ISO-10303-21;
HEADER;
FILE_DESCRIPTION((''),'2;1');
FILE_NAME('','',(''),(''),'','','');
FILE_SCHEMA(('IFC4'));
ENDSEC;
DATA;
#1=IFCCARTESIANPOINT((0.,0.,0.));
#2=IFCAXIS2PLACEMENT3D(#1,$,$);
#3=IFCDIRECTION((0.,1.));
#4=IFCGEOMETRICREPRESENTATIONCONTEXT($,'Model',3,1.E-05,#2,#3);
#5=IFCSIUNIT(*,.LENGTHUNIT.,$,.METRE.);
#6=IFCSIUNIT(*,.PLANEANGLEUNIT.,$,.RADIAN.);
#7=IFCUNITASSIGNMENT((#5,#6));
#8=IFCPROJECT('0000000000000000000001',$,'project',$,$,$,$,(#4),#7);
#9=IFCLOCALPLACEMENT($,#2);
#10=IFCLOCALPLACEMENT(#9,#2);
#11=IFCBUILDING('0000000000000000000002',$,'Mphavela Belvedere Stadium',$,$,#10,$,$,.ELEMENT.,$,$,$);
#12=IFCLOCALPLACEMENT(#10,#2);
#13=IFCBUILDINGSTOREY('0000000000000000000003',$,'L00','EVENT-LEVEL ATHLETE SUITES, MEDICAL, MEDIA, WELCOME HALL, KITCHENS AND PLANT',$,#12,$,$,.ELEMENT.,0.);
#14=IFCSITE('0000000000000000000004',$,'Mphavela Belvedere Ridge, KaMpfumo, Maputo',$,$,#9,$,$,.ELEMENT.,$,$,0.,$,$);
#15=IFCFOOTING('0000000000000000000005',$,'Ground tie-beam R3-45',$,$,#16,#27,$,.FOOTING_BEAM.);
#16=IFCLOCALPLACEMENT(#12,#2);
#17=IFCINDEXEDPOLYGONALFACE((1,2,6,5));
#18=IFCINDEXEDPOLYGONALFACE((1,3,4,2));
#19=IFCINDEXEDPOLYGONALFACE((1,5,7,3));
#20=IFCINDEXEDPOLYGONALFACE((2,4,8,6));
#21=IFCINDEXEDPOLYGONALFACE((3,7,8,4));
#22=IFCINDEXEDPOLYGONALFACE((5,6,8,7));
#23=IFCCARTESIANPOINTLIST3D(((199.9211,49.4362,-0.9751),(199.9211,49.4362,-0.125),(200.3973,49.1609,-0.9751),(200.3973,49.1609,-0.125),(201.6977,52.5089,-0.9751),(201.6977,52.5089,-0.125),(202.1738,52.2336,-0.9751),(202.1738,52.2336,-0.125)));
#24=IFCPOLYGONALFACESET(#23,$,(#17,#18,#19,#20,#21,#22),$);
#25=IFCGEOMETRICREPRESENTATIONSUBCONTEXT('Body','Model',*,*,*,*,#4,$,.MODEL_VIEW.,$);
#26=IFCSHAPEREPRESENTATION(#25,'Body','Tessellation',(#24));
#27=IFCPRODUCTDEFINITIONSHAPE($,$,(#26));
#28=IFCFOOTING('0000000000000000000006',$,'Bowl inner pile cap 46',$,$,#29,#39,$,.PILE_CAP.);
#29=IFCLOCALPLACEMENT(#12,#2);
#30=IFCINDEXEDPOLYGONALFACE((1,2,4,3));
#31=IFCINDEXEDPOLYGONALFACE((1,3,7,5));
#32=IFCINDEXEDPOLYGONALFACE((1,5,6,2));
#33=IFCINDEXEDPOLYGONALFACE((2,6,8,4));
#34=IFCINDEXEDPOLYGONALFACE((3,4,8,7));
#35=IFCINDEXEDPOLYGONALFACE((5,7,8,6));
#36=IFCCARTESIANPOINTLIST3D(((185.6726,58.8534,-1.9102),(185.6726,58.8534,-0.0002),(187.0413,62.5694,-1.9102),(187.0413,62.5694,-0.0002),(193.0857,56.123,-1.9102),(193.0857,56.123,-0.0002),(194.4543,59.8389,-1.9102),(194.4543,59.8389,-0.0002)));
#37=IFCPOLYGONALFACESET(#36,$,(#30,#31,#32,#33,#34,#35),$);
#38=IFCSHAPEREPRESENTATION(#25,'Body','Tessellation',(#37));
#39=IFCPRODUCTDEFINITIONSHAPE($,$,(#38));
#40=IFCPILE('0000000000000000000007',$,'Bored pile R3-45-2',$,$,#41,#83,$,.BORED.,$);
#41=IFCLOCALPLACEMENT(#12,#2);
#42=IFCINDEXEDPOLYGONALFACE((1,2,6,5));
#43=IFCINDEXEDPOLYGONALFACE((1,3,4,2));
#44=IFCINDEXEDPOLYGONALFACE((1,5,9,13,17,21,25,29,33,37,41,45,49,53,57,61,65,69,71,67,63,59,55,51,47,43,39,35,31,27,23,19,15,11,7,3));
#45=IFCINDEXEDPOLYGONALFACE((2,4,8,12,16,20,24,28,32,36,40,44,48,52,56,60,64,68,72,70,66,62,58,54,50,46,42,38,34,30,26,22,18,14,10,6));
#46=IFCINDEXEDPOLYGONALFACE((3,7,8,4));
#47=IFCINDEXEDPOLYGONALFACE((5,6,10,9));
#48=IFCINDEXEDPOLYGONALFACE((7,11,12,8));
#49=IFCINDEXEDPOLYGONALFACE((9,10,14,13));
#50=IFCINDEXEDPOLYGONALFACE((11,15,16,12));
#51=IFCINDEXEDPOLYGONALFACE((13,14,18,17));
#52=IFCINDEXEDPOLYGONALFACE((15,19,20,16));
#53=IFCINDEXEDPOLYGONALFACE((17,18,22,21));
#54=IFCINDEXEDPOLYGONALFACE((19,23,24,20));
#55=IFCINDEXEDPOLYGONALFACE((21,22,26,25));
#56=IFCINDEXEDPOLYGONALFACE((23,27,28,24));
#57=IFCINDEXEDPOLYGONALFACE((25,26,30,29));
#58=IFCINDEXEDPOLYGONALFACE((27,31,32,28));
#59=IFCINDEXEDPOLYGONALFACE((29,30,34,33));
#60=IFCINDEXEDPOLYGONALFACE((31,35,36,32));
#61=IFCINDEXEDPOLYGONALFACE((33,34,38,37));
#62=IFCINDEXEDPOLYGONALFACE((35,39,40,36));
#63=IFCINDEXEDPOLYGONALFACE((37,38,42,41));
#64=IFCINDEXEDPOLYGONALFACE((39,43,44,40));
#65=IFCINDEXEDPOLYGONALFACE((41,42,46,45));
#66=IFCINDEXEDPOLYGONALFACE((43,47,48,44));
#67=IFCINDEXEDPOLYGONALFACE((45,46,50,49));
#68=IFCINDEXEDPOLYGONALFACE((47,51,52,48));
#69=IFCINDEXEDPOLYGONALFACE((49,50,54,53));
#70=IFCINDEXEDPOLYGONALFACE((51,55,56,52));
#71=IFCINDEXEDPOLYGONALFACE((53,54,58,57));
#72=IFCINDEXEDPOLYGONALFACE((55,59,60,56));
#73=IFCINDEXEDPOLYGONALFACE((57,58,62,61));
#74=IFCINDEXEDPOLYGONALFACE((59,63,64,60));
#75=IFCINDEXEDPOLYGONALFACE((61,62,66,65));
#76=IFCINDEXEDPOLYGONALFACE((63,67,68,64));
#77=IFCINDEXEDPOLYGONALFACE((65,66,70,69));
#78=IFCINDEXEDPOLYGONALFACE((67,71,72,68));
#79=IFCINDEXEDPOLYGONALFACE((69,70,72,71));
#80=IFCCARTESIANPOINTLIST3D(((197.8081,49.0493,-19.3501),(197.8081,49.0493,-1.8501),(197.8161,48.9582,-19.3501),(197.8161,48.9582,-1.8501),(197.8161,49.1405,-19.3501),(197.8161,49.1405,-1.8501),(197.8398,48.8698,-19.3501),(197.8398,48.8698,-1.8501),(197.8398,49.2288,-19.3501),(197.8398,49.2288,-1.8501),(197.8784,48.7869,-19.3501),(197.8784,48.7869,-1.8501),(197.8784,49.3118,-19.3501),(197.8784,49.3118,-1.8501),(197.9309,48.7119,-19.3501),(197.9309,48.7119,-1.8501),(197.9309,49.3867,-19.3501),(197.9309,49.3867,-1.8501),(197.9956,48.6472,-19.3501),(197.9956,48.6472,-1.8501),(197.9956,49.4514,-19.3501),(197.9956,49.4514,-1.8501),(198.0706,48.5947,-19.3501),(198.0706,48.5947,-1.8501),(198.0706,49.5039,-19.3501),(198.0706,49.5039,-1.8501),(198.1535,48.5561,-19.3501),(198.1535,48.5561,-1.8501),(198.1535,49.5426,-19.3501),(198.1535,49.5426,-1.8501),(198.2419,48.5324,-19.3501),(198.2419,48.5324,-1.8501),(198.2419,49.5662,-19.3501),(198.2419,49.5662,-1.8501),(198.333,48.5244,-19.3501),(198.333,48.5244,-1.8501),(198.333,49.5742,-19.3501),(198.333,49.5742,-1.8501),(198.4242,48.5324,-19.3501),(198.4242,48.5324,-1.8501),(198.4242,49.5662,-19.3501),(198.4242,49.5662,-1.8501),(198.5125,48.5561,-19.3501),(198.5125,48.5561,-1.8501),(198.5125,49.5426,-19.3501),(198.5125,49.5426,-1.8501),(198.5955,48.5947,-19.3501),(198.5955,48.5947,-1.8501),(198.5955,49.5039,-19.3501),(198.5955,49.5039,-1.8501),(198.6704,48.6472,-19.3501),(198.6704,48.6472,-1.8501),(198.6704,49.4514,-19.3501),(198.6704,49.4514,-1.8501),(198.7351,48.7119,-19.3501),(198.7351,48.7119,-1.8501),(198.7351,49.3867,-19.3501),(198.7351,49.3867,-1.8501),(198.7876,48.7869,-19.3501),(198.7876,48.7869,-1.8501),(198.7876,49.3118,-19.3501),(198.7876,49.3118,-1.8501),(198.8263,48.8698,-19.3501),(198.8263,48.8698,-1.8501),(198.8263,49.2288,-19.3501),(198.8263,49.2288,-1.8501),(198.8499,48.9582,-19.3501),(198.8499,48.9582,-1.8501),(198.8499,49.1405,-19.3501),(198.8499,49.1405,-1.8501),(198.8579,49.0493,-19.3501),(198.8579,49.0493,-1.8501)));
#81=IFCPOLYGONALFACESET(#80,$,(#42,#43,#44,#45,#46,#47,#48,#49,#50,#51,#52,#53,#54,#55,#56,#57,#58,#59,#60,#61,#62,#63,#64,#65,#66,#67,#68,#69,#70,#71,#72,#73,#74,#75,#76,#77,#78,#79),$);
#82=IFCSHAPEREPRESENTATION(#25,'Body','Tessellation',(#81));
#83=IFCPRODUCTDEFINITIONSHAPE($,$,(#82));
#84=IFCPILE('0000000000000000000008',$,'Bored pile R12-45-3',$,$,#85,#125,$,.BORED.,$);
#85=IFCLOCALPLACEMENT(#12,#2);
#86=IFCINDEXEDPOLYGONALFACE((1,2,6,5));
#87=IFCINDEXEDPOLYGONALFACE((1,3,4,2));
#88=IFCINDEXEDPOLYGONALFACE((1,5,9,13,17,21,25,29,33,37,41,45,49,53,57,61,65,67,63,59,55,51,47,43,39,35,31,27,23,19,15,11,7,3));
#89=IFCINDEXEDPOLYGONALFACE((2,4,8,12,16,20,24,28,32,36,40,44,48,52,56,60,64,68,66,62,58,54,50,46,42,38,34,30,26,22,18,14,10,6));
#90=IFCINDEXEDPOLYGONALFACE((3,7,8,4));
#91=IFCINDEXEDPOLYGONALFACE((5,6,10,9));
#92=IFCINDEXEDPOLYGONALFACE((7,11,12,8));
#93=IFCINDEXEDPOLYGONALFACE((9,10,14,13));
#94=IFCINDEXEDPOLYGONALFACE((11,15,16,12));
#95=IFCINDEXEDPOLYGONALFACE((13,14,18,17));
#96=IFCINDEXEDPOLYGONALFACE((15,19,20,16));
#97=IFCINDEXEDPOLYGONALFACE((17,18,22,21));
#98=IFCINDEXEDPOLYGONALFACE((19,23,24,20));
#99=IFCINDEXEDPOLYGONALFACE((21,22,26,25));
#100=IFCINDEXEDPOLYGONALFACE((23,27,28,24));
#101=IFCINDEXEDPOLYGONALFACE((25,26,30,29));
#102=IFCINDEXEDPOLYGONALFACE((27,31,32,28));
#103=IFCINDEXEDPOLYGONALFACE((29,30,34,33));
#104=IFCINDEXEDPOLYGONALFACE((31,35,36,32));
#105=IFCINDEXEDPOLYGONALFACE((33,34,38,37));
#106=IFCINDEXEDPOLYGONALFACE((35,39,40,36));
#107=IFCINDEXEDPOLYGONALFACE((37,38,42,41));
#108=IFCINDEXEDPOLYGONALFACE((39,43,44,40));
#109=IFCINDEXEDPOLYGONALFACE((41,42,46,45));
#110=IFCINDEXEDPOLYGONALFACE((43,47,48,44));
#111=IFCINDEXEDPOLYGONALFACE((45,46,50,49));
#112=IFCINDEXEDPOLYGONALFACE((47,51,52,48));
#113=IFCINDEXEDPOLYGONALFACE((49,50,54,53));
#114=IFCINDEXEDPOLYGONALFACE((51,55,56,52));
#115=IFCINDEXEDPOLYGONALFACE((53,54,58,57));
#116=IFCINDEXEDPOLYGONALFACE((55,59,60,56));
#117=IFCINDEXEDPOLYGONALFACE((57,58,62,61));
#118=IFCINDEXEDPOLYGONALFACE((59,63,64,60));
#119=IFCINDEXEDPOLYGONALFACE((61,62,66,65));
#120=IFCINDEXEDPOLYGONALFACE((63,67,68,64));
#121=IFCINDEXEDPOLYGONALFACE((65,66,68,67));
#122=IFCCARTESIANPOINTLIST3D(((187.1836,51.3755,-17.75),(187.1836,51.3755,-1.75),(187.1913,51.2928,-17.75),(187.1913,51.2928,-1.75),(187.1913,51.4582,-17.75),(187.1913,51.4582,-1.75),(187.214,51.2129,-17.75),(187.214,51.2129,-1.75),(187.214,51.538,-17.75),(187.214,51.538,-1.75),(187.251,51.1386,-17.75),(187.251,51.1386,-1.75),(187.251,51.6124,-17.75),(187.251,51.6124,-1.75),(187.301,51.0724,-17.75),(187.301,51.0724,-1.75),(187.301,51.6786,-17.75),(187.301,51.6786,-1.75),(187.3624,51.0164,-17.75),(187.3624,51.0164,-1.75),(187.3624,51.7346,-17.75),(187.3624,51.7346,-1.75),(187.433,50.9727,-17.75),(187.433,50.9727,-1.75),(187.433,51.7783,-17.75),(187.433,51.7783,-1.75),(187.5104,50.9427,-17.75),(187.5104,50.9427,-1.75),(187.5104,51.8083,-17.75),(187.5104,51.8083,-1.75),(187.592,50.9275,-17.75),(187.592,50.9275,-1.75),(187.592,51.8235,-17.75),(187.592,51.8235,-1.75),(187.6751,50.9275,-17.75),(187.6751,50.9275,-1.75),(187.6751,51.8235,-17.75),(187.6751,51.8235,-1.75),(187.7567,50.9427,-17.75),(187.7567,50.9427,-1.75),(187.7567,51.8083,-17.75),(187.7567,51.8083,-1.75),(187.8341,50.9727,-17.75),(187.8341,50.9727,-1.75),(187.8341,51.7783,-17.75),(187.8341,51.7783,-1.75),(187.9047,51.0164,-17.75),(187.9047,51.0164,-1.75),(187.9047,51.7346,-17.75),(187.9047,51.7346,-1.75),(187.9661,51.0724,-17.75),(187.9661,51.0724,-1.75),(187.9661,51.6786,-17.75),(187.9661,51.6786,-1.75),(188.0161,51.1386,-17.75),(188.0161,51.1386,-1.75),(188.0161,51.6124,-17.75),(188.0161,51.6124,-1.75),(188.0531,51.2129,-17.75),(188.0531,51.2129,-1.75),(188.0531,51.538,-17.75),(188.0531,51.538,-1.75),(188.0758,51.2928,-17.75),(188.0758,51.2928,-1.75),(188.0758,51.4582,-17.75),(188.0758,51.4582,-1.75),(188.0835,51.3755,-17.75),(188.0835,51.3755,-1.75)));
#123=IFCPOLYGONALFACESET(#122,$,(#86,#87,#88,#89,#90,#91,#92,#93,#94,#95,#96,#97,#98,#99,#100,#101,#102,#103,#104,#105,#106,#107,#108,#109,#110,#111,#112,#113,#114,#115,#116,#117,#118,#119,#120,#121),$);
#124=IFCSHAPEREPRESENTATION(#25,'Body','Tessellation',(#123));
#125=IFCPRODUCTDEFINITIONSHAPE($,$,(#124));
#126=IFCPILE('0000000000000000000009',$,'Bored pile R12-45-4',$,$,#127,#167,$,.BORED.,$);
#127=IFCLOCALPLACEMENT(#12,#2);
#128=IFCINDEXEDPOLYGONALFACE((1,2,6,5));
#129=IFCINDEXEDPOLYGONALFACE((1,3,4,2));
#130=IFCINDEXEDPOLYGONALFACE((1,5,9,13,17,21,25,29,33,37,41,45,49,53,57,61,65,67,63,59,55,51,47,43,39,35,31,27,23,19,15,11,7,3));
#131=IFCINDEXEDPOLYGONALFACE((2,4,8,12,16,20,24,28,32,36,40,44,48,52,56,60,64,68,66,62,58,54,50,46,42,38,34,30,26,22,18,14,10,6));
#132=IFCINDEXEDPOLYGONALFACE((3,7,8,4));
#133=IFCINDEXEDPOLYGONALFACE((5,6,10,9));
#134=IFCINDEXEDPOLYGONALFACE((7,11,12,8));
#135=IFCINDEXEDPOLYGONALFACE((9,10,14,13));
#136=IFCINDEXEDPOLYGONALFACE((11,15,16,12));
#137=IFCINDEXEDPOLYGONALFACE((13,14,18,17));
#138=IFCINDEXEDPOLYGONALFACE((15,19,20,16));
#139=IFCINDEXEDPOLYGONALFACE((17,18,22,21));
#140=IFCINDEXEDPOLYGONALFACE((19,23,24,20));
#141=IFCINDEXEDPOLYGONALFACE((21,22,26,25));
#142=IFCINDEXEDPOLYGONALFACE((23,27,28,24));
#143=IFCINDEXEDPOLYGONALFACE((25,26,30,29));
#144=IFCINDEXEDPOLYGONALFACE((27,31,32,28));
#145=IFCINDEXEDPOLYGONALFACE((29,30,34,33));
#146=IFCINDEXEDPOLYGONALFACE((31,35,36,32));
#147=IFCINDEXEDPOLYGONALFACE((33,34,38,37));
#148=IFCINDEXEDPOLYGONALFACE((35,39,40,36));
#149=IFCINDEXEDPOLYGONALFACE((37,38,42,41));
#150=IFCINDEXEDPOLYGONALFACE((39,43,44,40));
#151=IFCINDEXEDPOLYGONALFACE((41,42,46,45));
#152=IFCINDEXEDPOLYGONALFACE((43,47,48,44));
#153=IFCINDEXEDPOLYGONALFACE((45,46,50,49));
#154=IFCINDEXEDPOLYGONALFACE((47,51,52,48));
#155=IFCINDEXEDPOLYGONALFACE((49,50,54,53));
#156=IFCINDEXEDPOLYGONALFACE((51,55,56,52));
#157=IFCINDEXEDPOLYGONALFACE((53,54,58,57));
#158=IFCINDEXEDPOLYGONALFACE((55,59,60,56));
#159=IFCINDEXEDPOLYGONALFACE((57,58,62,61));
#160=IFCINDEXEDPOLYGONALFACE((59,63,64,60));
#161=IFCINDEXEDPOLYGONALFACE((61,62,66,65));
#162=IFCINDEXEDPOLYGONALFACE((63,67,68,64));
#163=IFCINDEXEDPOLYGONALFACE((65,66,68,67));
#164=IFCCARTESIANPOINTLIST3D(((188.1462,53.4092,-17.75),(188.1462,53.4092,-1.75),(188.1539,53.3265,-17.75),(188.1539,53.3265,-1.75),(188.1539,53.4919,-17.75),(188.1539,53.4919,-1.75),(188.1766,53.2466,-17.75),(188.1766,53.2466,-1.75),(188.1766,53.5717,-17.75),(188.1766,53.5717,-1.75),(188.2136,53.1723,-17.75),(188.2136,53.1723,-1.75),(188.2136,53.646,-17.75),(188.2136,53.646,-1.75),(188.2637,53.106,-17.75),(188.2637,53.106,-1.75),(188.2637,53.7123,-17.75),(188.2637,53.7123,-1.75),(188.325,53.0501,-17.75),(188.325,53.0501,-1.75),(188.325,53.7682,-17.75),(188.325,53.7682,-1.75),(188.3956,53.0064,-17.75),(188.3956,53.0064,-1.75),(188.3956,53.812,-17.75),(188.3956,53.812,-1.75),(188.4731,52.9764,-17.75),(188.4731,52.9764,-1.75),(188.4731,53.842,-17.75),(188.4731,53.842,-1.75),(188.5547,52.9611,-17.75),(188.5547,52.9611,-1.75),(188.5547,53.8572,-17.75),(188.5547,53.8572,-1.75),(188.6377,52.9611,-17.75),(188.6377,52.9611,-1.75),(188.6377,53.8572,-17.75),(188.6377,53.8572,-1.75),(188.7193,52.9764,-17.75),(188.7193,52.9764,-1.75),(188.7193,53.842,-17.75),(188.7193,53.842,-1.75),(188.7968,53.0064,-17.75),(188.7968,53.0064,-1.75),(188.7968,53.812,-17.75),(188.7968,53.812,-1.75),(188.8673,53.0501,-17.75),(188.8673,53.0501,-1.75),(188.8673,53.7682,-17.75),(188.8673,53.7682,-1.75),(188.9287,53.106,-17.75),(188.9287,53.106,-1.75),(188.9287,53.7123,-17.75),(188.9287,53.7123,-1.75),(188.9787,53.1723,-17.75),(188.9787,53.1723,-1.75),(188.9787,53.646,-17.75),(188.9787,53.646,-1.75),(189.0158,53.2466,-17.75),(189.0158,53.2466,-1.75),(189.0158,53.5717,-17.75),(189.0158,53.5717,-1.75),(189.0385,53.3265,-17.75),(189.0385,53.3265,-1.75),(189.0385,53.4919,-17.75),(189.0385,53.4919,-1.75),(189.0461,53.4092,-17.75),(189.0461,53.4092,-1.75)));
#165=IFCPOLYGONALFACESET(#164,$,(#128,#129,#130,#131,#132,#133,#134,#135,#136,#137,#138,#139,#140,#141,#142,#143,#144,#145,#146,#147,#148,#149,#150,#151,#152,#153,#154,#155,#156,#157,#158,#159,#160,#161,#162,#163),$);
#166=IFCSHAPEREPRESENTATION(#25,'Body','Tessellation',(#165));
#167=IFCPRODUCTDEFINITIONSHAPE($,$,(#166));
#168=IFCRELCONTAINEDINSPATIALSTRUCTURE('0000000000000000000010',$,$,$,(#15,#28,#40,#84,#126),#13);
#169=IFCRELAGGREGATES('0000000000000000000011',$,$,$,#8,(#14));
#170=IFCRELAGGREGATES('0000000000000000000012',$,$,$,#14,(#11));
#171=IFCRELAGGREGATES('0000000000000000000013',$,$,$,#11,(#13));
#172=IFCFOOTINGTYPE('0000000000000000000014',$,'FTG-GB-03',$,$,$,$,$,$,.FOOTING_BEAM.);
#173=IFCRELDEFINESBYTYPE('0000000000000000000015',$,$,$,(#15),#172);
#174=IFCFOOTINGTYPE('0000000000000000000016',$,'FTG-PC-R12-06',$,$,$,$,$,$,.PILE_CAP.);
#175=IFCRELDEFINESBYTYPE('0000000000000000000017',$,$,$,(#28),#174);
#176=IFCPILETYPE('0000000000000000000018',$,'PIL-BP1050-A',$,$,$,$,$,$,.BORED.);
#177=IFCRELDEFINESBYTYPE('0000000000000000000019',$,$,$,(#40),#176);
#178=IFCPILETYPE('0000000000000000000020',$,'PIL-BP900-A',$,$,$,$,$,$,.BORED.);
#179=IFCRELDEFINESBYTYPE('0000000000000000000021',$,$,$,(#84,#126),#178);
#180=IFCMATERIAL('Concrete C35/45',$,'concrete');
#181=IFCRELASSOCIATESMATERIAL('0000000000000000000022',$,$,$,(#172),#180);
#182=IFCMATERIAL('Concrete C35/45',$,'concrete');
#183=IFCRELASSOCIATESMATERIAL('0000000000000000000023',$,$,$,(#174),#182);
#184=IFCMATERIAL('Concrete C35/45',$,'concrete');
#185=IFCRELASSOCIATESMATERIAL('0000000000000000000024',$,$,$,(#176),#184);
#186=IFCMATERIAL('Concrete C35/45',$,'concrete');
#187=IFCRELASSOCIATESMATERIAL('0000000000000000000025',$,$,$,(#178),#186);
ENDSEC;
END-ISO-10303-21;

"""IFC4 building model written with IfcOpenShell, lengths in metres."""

from ifc_helpers import new_model, si_unit, direction, frame, origin, origin_2d, place, context, subcontext, project, spatial, rectangle, circle, extrude, material, material_profile, profile_set, type_object, element, save


model = new_model("IFC4")

# Units and contexts
model_context = context("Model", 3, precision=1e-05, world=origin(), true_north=direction((0.0, 1.0)))
body_context = subcontext(model_context, "Body", "Model", "MODEL_VIEW")
ifc_project = project(units=[si_unit("LENGTHUNIT", "METRE"), si_unit("PLANEANGLEUNIT", "RADIAN")], contexts=[model_context])

# Site, building, storey
site_placement = place(None, origin())
site = spatial("IfcSite", under=ifc_project, at=site_placement, Name="Mphavela Belvedere Ridge, KaMpfumo, Maputo", CompositionType="ELEMENT", RefElevation=0.0)
building_placement = place(site_placement, origin())
building = spatial("IfcBuilding", under=site, at=building_placement, Name="Mphavela Belvedere Stadium", CompositionType="ELEMENT")
storey_placement = place(building_placement, origin())
storey = spatial("IfcBuildingStorey", under=building, at=storey_placement, Name="L00", Description="EVENT-LEVEL ATHLETE SUITES, MEDICAL, MEDIA, WELCOME HALL, KITCHENS AND PLANT", CompositionType="ELEMENT", Elevation=0.0)

# Footings
ifc_material_1 = material(Name="Concrete C35/45", Category="concrete")
ifc_material_profile_1 = material_profile(ifc_material_1, rectangle(XDim=0.55, YDim=0.8501, at=origin_2d()), Name="GB 550x850")
ifc_profile_set_1 = profile_set([ifc_material_profile_1], Name="Concrete C35/45")
footing_type_1 = type_object("IfcFootingType", Name="FTG-GB-03", PredefinedType="FOOTING_BEAM", material=ifc_profile_set_1)
footing_1_placement = place(storey_placement, frame((200.1592, 49.2986, -0.55), z_axis=(0.50054, 0.865713, 0.0), x_axis=(-0.865713, 0.50054, 0.0)))
element("IfcFooting", 1, at=footing_1_placement, inside=storey, type_object=footing_type_1, Name="Ground tie-beam R3-45", PredefinedType="FOOTING_BEAM", context=body_context, shape_type="SweptSolid", body=[
    extrude(rectangle(XDim=0.55, YDim=0.8501, at=origin_2d()), origin(), (0.0, 0.0, 1.0), 3.5493),
])
ifc_material_2 = material(Name="Concrete C35/45", Category="concrete")
footing_type_2 = type_object("IfcFootingType", Name="FTG-PC-R12-06", PredefinedType="PILE_CAP", material=ifc_material_2)
footing_2_placement = place(storey_placement, frame((190.0635, 59.3462, -1.9102), z_axis=(0.0, 0.0, 1.0), x_axis=(0.938372, -0.345626, 0.0)))
element("IfcFooting", 2, at=footing_2_placement, inside=storey, type_object=footing_type_2, Name="Bowl inner pile cap 46", PredefinedType="PILE_CAP", context=body_context, shape_type="SweptSolid", body=[
    extrude(rectangle(XDim=7.8999, YDim=3.96, at=origin_2d()), origin(), (0.0, 0.0, 1.0), 1.9099),
])

# Piles
ifc_material_3 = material(Name="Concrete C35/45", Category="concrete")
ifc_material_profile_2 = material_profile(ifc_material_3, circle(Radius=0.5249, at=origin_2d()), Name="BP D1050")
ifc_profile_set_2 = profile_set([ifc_material_profile_2], Name="Concrete C35/45")
pile_type_1 = type_object("IfcPileType", Name="PIL-BP1050-A", PredefinedType="BORED", material=ifc_profile_set_2)
pile_placement = place(storey_placement, frame((198.333, 49.0493, -1.8501), z_axis=(0.0, 0.0, -1.0), x_axis=(1.0, 0.0, 0.0)))
element("IfcPile", 3, at=pile_placement, inside=storey, type_object=pile_type_1, Name="Bored pile R3-45-2", PredefinedType="BORED", context=body_context, shape_type="SweptSolid", body=[
    extrude(circle(Radius=0.5249, at=origin_2d()), origin(), (0.0, 0.0, 1.0), 17.5),
])
ifc_material_4 = material(Name="Concrete C35/45", Category="concrete")
ifc_material_profile_3 = material_profile(ifc_material_4, circle(Radius=0.45, at=origin_2d()), Name="BP D900")
ifc_profile_set_3 = profile_set([ifc_material_profile_3], Name="Concrete C35/45")
pile_type_2 = type_object("IfcPileType", Name="PIL-BP900-A", PredefinedType="BORED", material=ifc_profile_set_3)
for number, where, z_axis, x_axis, name in (
    (4, (187.6335, 51.3755, -1.75), (0.0, 0.0, -1.0), (1.0, 0.0, 0.0), "Bored pile R12-45-3"),
    (5, (188.5962, 53.4092, -1.75), (0.0, 0.0, -1.0), (1.0, 0.0, 0.0), "Bored pile R12-45-4"),
):
    element("IfcPile", number, at=place(storey_placement, frame(where, z_axis=z_axis, x_axis=x_axis)), inside=storey, type_object=pile_type_2, Name=name, PredefinedType="BORED", context=body_context, shape_type="SweptSolid", body=[
        extrude(circle(Radius=0.45, at=origin_2d()), origin(), (0.0, 0.0, 1.0), 16.0),
    ])

save(model, "model.ifc")
